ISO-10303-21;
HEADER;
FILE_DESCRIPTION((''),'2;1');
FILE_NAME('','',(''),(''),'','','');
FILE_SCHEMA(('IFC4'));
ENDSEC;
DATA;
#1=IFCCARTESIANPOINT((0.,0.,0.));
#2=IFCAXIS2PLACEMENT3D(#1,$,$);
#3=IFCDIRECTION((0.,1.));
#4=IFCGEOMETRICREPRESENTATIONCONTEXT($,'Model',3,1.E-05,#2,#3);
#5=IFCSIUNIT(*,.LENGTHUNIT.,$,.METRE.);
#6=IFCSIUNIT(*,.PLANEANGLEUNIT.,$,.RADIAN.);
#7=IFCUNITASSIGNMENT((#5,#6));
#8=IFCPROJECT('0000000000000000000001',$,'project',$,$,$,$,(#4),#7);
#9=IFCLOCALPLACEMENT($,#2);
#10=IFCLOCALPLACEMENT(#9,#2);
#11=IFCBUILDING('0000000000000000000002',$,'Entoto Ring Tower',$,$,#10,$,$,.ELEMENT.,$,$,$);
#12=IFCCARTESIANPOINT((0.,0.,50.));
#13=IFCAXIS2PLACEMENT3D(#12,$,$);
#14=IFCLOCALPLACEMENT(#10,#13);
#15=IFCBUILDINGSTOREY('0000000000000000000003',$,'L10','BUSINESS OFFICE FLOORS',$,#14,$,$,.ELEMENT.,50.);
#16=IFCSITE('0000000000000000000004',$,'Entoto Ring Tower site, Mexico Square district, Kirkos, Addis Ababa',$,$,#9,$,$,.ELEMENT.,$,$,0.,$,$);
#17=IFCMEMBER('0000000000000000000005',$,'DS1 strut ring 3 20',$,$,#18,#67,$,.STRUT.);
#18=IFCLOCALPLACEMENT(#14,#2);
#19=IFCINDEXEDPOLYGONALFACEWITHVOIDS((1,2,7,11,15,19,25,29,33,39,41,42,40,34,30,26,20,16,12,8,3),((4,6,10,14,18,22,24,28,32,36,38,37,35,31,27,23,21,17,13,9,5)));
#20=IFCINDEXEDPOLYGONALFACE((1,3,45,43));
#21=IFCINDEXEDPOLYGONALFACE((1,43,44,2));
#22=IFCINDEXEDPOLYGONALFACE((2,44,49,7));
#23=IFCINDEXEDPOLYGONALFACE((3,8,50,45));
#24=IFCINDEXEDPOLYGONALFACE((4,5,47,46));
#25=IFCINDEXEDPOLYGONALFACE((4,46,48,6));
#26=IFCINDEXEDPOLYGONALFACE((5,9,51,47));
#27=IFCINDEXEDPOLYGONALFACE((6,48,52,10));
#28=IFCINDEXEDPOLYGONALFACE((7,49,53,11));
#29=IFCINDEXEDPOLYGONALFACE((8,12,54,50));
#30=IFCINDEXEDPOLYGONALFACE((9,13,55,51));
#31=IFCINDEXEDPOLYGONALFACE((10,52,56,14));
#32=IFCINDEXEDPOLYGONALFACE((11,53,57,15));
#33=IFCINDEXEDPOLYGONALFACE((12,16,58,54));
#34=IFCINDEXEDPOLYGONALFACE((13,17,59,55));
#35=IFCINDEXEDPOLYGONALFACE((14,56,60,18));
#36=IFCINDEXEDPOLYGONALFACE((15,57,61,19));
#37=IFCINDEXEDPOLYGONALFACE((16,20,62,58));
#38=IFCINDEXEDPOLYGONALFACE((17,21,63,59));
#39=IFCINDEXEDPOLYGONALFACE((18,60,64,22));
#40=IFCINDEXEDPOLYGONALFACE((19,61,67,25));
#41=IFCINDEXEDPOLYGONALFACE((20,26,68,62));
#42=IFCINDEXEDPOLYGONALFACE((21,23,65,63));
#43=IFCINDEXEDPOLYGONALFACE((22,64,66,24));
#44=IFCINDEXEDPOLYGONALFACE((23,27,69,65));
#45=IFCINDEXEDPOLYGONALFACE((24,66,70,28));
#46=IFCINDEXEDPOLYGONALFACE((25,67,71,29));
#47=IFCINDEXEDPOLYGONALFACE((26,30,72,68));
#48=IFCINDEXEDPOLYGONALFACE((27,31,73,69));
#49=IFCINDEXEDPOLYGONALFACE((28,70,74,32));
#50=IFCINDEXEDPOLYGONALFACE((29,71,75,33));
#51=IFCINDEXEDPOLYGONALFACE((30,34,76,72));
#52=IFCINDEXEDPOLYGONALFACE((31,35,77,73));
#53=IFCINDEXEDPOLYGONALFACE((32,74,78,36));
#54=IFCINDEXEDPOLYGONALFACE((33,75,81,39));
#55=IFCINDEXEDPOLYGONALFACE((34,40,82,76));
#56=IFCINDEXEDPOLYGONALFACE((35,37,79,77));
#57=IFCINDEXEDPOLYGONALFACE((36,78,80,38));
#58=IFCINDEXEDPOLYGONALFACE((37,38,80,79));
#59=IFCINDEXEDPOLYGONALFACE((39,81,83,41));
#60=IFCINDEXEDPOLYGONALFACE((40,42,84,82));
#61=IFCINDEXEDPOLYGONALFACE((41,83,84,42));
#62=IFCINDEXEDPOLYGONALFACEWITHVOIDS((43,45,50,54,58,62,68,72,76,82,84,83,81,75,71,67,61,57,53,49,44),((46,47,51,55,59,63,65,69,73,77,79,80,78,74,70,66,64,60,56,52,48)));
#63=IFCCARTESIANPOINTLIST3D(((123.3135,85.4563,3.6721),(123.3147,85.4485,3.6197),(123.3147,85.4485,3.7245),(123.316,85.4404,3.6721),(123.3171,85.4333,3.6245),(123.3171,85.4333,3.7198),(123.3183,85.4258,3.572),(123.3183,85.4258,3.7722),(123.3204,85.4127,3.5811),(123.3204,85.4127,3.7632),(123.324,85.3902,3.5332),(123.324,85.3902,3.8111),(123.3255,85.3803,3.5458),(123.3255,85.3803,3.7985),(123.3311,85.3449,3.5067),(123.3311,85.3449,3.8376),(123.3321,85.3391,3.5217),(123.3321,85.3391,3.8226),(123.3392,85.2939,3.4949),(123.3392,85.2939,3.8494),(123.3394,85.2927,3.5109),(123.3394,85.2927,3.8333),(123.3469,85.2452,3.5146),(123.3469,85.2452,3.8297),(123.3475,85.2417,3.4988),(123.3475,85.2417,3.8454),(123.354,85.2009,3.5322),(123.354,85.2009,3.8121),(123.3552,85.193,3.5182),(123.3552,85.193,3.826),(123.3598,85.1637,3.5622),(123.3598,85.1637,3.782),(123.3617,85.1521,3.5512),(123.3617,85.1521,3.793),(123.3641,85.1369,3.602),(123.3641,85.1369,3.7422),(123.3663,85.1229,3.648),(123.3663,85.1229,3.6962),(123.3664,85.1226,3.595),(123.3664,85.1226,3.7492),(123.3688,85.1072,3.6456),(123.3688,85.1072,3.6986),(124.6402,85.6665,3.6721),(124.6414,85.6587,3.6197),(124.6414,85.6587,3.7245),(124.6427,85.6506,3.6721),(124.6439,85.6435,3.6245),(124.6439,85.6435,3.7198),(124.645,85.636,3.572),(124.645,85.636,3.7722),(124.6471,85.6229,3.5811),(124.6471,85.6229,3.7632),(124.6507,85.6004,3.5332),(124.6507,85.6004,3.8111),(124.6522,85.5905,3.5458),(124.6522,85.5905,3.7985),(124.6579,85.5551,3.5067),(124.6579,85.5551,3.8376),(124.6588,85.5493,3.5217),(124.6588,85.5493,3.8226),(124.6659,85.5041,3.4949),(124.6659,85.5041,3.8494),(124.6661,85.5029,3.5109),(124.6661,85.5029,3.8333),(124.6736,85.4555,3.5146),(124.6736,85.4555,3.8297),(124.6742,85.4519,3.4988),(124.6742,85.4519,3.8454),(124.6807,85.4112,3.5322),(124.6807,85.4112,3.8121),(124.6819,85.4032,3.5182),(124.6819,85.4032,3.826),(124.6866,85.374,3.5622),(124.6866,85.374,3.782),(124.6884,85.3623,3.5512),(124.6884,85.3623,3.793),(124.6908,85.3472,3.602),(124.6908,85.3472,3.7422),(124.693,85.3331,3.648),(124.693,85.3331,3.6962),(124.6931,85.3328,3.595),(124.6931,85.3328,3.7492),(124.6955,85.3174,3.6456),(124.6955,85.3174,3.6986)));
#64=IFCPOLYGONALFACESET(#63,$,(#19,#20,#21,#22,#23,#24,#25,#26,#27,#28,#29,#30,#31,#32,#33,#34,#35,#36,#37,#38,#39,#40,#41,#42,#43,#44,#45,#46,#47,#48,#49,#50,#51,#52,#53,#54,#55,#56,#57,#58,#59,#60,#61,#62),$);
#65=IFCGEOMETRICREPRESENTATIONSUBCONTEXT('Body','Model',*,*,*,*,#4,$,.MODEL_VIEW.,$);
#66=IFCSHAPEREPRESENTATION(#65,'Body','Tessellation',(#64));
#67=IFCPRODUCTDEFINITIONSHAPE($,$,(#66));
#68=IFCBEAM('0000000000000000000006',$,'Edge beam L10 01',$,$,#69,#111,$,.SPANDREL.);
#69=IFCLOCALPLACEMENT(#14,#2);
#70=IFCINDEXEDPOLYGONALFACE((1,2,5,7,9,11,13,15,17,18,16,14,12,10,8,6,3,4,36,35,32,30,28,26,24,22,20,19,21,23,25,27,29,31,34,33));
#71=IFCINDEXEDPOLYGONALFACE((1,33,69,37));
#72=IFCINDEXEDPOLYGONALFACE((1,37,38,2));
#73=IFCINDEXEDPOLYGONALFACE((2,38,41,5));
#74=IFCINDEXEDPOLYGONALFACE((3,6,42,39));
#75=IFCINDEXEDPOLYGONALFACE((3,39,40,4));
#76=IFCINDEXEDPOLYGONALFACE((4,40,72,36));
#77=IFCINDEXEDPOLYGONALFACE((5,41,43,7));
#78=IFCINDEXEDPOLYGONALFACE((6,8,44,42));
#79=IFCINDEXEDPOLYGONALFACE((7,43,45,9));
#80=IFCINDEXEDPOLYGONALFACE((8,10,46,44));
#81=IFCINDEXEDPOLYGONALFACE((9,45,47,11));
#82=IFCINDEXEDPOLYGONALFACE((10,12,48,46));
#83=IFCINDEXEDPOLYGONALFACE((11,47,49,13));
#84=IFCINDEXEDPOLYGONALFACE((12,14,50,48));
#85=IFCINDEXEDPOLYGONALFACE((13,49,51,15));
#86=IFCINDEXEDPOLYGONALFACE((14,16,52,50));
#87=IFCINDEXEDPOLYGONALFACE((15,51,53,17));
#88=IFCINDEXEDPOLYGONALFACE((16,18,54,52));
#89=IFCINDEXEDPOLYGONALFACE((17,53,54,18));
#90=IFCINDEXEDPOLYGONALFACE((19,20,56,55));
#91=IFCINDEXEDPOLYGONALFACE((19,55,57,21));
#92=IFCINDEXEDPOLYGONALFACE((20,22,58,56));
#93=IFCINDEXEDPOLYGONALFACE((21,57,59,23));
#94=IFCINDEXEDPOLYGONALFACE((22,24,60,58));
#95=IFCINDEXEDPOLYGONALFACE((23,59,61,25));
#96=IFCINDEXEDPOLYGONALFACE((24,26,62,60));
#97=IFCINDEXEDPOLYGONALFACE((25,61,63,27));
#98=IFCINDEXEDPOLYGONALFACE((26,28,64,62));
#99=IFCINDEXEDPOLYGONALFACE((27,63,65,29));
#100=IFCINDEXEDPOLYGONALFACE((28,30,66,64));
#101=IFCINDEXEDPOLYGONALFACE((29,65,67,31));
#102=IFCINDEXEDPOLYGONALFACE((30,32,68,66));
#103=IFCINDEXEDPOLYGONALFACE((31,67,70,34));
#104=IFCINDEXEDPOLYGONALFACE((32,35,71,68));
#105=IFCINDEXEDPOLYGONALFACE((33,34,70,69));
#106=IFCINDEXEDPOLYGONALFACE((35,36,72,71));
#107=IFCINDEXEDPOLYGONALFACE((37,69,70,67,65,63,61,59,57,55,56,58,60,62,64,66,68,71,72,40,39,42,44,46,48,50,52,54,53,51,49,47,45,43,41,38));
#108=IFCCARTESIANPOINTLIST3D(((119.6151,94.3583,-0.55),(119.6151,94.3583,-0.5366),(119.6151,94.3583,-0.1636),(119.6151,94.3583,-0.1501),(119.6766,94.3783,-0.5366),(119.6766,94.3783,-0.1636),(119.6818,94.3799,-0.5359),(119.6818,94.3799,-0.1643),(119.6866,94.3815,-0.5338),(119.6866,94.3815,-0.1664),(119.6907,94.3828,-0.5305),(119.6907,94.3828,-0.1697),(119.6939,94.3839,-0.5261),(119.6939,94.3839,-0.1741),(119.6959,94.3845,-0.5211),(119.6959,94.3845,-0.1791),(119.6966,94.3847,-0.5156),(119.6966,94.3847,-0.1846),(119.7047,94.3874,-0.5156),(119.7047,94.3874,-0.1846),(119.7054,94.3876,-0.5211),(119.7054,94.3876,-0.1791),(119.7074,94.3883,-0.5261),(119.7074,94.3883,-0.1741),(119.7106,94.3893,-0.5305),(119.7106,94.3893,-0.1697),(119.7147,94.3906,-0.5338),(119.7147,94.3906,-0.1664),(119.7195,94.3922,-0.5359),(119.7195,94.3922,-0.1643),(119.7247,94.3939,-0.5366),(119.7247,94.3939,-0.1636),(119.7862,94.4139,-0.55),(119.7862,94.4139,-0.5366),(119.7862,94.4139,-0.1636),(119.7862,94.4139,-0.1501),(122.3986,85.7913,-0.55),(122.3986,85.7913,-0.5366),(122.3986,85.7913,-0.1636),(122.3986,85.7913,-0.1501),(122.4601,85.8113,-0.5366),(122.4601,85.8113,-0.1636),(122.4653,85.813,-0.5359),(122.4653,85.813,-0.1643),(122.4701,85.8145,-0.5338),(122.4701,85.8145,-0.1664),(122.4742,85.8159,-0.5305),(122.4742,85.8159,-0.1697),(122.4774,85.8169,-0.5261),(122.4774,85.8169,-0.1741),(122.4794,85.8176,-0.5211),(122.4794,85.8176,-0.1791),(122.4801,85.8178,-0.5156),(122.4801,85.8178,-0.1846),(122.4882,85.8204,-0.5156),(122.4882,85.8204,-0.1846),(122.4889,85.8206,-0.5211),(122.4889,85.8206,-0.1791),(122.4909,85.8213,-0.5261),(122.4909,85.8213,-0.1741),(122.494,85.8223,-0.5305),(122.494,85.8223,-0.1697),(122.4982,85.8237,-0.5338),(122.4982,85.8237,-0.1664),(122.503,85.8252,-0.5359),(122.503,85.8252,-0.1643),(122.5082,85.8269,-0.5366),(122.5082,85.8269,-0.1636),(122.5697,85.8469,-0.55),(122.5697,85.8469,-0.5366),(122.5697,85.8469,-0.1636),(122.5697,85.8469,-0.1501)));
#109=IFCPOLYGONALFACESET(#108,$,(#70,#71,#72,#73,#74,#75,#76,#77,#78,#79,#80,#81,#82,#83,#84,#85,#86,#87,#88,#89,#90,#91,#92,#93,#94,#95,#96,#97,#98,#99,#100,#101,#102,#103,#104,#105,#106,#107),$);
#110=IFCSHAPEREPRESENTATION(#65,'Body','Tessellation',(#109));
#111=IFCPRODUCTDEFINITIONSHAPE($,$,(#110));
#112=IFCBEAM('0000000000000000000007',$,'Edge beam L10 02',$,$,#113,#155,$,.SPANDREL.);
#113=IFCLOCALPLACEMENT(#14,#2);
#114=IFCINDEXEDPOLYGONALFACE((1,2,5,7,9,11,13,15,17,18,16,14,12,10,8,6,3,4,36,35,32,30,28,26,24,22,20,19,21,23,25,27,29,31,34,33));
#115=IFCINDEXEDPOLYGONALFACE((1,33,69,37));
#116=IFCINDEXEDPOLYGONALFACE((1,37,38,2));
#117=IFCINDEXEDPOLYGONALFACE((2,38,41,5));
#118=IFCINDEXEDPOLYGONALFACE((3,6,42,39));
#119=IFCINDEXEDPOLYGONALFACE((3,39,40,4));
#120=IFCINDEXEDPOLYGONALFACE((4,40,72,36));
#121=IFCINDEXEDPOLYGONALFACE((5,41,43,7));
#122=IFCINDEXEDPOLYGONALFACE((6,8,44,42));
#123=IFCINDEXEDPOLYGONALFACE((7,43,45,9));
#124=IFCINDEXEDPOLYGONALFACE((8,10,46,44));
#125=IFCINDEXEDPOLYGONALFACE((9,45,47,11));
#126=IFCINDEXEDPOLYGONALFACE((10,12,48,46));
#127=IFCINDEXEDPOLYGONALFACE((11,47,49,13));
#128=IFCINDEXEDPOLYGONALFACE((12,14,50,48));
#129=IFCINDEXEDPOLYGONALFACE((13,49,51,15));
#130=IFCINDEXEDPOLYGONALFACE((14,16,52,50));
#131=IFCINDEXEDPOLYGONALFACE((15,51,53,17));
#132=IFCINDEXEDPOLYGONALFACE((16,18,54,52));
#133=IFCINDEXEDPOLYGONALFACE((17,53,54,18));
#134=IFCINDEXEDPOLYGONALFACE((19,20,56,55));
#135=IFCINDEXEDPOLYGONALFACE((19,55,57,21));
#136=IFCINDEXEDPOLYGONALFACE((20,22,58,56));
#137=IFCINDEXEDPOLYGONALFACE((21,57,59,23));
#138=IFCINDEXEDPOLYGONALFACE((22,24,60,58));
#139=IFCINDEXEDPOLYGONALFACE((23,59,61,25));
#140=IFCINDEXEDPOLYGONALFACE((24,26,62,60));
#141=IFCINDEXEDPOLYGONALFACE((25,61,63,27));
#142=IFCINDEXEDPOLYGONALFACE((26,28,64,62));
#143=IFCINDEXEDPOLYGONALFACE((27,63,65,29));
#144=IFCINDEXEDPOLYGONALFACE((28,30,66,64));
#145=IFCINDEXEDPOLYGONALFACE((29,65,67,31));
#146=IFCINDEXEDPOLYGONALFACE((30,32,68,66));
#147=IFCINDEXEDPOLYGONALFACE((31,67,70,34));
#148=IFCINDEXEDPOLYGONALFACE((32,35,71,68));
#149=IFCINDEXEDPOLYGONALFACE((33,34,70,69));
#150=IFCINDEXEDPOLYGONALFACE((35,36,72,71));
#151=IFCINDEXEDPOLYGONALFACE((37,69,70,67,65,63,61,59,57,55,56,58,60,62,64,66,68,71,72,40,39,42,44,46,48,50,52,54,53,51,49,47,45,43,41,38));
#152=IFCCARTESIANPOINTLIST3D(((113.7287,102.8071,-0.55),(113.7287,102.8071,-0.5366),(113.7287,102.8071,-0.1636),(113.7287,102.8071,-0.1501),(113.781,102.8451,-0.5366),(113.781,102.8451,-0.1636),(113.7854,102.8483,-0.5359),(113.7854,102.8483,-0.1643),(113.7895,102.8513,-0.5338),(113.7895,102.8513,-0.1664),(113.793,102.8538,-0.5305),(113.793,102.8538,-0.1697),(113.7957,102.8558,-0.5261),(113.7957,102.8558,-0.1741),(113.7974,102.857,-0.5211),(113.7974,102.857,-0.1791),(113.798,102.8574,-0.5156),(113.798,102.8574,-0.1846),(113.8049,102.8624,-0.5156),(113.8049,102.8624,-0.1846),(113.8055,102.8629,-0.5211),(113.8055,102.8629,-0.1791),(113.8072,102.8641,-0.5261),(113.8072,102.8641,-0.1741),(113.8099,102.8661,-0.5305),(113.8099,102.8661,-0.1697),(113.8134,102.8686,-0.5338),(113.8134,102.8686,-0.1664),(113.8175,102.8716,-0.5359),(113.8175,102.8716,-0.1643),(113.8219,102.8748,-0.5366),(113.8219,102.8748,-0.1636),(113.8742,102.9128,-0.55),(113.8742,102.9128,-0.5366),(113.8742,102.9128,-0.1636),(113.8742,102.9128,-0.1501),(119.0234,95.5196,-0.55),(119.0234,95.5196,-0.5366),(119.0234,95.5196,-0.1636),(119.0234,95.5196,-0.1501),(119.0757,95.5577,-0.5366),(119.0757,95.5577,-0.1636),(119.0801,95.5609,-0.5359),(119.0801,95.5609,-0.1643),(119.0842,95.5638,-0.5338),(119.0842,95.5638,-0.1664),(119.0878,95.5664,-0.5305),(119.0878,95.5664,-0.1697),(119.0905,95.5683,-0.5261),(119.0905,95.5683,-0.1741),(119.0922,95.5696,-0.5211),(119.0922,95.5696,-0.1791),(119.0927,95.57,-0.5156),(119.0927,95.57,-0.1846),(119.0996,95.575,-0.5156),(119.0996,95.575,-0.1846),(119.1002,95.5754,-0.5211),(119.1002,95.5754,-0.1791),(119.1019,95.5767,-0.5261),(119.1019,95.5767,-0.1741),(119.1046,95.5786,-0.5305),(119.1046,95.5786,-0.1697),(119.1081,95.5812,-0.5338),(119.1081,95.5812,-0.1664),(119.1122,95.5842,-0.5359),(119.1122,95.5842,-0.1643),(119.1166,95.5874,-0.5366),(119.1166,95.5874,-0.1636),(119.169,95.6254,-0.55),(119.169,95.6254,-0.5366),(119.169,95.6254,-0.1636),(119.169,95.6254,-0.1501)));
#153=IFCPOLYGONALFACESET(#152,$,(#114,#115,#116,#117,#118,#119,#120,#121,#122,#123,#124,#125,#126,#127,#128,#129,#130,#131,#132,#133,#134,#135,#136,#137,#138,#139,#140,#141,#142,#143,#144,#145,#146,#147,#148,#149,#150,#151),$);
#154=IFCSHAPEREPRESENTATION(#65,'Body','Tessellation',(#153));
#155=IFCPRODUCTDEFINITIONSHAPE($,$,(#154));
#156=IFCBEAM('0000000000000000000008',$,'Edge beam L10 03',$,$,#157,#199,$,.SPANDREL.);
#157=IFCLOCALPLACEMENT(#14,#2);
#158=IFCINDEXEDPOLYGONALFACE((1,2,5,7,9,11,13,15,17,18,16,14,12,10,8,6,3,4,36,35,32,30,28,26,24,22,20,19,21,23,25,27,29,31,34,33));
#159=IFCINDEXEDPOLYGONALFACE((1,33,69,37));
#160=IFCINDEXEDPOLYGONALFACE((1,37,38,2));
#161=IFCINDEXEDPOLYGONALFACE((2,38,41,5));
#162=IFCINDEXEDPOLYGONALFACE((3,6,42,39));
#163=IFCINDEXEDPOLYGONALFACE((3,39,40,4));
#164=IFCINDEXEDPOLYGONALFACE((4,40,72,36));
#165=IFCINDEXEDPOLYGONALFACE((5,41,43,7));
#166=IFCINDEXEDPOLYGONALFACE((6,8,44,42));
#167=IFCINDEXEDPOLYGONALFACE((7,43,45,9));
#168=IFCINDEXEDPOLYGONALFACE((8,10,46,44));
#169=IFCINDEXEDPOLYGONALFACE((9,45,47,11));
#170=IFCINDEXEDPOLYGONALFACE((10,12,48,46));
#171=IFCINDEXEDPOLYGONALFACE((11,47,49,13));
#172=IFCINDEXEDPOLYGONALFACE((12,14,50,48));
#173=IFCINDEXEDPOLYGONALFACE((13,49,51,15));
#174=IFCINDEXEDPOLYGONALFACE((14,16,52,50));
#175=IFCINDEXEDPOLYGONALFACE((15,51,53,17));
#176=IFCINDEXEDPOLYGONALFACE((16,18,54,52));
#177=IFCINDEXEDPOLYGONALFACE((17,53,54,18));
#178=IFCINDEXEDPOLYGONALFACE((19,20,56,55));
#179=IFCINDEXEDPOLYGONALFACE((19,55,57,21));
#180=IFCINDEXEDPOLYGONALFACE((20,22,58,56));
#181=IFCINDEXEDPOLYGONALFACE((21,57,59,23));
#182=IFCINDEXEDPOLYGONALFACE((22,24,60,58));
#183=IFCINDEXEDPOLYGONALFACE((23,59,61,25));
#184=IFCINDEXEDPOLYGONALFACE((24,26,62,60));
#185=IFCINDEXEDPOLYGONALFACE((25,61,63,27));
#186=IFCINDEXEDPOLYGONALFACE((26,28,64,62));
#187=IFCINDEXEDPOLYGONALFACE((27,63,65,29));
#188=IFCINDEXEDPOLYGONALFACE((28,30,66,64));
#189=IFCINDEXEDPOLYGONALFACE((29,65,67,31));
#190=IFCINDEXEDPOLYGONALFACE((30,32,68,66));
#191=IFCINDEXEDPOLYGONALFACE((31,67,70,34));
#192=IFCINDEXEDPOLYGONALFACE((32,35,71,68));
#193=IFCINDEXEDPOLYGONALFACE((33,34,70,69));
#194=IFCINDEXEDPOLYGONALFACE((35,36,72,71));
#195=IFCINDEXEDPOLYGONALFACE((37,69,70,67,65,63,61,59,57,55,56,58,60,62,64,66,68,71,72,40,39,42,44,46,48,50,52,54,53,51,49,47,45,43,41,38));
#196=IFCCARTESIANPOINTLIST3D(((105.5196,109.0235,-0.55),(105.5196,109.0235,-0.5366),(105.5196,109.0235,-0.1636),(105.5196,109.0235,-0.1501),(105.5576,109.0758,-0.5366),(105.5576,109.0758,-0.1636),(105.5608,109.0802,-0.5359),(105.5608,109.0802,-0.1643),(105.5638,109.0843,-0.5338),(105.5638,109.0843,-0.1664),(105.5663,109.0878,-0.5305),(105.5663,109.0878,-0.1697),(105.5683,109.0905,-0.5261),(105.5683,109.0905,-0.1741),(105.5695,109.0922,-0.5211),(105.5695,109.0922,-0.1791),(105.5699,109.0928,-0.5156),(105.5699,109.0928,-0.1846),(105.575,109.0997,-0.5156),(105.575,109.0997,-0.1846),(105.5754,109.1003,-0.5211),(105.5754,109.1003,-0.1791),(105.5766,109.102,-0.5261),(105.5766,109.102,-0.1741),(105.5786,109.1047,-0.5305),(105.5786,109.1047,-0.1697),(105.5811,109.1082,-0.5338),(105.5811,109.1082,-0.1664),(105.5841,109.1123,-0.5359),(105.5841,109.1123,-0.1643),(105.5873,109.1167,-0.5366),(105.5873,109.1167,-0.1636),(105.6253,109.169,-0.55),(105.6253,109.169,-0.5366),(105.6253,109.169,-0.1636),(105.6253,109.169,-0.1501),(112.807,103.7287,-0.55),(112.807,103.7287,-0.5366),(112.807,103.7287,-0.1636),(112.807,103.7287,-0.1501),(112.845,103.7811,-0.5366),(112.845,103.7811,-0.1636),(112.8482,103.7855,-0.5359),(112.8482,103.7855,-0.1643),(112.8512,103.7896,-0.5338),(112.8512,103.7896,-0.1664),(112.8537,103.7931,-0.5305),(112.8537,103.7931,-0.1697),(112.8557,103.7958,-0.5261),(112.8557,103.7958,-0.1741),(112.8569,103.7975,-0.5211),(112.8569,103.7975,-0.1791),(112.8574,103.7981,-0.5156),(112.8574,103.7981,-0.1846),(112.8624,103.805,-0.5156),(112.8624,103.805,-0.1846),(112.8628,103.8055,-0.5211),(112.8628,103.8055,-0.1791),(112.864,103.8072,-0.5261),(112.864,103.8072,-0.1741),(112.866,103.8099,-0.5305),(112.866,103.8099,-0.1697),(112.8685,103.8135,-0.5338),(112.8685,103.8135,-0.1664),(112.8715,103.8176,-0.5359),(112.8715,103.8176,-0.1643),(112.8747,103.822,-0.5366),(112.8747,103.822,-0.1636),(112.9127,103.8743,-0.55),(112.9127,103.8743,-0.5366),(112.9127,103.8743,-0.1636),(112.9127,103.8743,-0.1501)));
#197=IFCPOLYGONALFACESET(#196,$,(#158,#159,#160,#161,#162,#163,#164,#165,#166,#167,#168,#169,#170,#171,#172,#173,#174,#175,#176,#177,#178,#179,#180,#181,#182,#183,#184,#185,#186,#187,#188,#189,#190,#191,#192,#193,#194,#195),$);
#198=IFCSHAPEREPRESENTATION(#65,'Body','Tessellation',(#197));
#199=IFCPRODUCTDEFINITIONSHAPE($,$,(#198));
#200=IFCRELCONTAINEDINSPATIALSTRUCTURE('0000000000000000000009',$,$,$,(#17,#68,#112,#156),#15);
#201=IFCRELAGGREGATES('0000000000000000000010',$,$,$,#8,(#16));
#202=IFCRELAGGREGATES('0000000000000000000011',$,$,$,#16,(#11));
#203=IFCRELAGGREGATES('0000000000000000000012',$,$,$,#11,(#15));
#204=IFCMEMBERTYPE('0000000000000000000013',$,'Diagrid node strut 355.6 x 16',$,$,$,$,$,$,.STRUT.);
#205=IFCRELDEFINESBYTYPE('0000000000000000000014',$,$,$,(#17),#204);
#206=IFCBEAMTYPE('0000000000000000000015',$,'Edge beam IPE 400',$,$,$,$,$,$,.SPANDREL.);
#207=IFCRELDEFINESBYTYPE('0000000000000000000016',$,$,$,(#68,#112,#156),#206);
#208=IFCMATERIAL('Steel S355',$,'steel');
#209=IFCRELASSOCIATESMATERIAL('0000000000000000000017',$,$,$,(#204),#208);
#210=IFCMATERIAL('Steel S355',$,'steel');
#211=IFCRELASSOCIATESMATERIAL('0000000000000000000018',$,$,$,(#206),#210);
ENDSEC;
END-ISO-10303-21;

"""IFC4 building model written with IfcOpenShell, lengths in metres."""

from ifc_helpers import new_model, si_unit, direction, frame, origin, origin_2d, place, context, subcontext, project, spatial, circle, hollow_circle, i_section, extrude, material, material_profile, profile_set, type_object, element, save


model = new_model("IFC4")

# Units and contexts
model_context = context("Model", 3, precision=1e-05, world=origin(), true_north=direction((0.0, 1.0)))
body_context = subcontext(model_context, "Body", "Model", "MODEL_VIEW")
ifc_project = project(units=[si_unit("LENGTHUNIT", "METRE"), si_unit("PLANEANGLEUNIT", "RADIAN")], contexts=[model_context])

# Site, building, storey
site_placement = place(None, origin())
site = spatial("IfcSite", under=ifc_project, at=site_placement, Name="Entoto Ring Tower site, Mexico Square district, Kirkos, Addis Ababa", CompositionType="ELEMENT", RefElevation=0.0)
building_placement = place(site_placement, origin())
building = spatial("IfcBuilding", under=site, at=building_placement, Name="Entoto Ring Tower", CompositionType="ELEMENT")
storey_placement = place(building_placement, frame((0.0, 0.0, 50.0)))
storey = spatial("IfcBuildingStorey", under=building, at=storey_placement, Name="L10", Description="BUSINESS OFFICE FLOORS", CompositionType="ELEMENT", Elevation=50.0)

# Member
ifc_material_1 = material(Name="Steel S355", Category="steel")
ifc_material_profile_1 = material_profile(ifc_material_1, hollow_circle(Radius=0.1777, WallThickness=0.0161, at=origin_2d()), Name="CHS 355.6 x 16")
ifc_material_2 = material(Name="Concrete C60/75", Category="concrete")
ifc_material_profile_2 = material_profile(ifc_material_2, circle(Radius=0.1619, at=origin_2d()), Name="Concrete C60/75 infill")
ifc_profile_set_1 = profile_set([ifc_material_profile_1, ifc_material_profile_2], Name="Steel S355")
member_type = type_object("IfcMemberType", Name="Diagrid node strut 355.6 x 16", PredefinedType="STRUT", material=ifc_profile_set_1)
member_1_placement = place(storey_placement, frame((123.3413, 85.2808, 3.6721), z_axis=(0.987679, 0.156495, 0.0), x_axis=(-0.156495, 0.987679, 0.0)))
element("IfcMember", 1, at=member_1_placement, inside=storey, type_object=member_type, Name="DS1 strut ring 3 20", PredefinedType="STRUT", context=body_context, shape_type="SweptSolid", body=[
    extrude(hollow_circle(Radius=0.1777, WallThickness=0.0161, at=origin_2d()), origin(), (0.0, 0.0, 1.0), 1.3433),
])

# Beams
ifc_material_3 = material(Name="Steel S355", Category="steel")
ifc_material_profile_3 = material_profile(ifc_material_3, i_section(OverallWidth=0.1799, OverallDepth=0.3999, WebThickness=0.0085, FlangeThickness=0.0134, FilletRadius=0.021, at=origin_2d()), Name="IPE 400")
ifc_profile_set_2 = profile_set([ifc_material_profile_3], Name="Steel S355")
beam_type_1 = type_object("IfcBeamType", Name="Edge beam IPE 400", PredefinedType="SPANDREL", material=ifc_profile_set_2)
for number, where, z_axis, x_axis, name in (
    (2, (122.4841, 85.8191, -0.3501), (-0.309006, 0.95106, 0.0), (-0.95106, -0.309006, 0.0), "Edge beam L10 01"),
    (3, (119.0962, 95.5725, -0.3501), (-0.587793, 0.809011, 0.0), (-0.809011, -0.587793, 0.0), "Edge beam L10 02"),
    (4, (112.8599, 103.8015, -0.3501), (-0.809011, 0.587793, 0.0), (-0.587793, -0.809011, 0.0), "Edge beam L10 03"),
):
    element("IfcBeam", number, at=place(storey_placement, frame(where, z_axis=z_axis, x_axis=x_axis)), inside=storey, type_object=beam_type_1, Name=name, PredefinedType="SPANDREL", context=body_context, shape_type="SweptSolid", body=[
        extrude(i_section(OverallWidth=0.1799, OverallDepth=0.3999, WebThickness=0.0085, FlangeThickness=0.0134, FilletRadius=0.021, at=origin_2d()), origin(), (0.0, 0.0, 1.0), 9.0078),
    ])

save(model, "model.ifc")
